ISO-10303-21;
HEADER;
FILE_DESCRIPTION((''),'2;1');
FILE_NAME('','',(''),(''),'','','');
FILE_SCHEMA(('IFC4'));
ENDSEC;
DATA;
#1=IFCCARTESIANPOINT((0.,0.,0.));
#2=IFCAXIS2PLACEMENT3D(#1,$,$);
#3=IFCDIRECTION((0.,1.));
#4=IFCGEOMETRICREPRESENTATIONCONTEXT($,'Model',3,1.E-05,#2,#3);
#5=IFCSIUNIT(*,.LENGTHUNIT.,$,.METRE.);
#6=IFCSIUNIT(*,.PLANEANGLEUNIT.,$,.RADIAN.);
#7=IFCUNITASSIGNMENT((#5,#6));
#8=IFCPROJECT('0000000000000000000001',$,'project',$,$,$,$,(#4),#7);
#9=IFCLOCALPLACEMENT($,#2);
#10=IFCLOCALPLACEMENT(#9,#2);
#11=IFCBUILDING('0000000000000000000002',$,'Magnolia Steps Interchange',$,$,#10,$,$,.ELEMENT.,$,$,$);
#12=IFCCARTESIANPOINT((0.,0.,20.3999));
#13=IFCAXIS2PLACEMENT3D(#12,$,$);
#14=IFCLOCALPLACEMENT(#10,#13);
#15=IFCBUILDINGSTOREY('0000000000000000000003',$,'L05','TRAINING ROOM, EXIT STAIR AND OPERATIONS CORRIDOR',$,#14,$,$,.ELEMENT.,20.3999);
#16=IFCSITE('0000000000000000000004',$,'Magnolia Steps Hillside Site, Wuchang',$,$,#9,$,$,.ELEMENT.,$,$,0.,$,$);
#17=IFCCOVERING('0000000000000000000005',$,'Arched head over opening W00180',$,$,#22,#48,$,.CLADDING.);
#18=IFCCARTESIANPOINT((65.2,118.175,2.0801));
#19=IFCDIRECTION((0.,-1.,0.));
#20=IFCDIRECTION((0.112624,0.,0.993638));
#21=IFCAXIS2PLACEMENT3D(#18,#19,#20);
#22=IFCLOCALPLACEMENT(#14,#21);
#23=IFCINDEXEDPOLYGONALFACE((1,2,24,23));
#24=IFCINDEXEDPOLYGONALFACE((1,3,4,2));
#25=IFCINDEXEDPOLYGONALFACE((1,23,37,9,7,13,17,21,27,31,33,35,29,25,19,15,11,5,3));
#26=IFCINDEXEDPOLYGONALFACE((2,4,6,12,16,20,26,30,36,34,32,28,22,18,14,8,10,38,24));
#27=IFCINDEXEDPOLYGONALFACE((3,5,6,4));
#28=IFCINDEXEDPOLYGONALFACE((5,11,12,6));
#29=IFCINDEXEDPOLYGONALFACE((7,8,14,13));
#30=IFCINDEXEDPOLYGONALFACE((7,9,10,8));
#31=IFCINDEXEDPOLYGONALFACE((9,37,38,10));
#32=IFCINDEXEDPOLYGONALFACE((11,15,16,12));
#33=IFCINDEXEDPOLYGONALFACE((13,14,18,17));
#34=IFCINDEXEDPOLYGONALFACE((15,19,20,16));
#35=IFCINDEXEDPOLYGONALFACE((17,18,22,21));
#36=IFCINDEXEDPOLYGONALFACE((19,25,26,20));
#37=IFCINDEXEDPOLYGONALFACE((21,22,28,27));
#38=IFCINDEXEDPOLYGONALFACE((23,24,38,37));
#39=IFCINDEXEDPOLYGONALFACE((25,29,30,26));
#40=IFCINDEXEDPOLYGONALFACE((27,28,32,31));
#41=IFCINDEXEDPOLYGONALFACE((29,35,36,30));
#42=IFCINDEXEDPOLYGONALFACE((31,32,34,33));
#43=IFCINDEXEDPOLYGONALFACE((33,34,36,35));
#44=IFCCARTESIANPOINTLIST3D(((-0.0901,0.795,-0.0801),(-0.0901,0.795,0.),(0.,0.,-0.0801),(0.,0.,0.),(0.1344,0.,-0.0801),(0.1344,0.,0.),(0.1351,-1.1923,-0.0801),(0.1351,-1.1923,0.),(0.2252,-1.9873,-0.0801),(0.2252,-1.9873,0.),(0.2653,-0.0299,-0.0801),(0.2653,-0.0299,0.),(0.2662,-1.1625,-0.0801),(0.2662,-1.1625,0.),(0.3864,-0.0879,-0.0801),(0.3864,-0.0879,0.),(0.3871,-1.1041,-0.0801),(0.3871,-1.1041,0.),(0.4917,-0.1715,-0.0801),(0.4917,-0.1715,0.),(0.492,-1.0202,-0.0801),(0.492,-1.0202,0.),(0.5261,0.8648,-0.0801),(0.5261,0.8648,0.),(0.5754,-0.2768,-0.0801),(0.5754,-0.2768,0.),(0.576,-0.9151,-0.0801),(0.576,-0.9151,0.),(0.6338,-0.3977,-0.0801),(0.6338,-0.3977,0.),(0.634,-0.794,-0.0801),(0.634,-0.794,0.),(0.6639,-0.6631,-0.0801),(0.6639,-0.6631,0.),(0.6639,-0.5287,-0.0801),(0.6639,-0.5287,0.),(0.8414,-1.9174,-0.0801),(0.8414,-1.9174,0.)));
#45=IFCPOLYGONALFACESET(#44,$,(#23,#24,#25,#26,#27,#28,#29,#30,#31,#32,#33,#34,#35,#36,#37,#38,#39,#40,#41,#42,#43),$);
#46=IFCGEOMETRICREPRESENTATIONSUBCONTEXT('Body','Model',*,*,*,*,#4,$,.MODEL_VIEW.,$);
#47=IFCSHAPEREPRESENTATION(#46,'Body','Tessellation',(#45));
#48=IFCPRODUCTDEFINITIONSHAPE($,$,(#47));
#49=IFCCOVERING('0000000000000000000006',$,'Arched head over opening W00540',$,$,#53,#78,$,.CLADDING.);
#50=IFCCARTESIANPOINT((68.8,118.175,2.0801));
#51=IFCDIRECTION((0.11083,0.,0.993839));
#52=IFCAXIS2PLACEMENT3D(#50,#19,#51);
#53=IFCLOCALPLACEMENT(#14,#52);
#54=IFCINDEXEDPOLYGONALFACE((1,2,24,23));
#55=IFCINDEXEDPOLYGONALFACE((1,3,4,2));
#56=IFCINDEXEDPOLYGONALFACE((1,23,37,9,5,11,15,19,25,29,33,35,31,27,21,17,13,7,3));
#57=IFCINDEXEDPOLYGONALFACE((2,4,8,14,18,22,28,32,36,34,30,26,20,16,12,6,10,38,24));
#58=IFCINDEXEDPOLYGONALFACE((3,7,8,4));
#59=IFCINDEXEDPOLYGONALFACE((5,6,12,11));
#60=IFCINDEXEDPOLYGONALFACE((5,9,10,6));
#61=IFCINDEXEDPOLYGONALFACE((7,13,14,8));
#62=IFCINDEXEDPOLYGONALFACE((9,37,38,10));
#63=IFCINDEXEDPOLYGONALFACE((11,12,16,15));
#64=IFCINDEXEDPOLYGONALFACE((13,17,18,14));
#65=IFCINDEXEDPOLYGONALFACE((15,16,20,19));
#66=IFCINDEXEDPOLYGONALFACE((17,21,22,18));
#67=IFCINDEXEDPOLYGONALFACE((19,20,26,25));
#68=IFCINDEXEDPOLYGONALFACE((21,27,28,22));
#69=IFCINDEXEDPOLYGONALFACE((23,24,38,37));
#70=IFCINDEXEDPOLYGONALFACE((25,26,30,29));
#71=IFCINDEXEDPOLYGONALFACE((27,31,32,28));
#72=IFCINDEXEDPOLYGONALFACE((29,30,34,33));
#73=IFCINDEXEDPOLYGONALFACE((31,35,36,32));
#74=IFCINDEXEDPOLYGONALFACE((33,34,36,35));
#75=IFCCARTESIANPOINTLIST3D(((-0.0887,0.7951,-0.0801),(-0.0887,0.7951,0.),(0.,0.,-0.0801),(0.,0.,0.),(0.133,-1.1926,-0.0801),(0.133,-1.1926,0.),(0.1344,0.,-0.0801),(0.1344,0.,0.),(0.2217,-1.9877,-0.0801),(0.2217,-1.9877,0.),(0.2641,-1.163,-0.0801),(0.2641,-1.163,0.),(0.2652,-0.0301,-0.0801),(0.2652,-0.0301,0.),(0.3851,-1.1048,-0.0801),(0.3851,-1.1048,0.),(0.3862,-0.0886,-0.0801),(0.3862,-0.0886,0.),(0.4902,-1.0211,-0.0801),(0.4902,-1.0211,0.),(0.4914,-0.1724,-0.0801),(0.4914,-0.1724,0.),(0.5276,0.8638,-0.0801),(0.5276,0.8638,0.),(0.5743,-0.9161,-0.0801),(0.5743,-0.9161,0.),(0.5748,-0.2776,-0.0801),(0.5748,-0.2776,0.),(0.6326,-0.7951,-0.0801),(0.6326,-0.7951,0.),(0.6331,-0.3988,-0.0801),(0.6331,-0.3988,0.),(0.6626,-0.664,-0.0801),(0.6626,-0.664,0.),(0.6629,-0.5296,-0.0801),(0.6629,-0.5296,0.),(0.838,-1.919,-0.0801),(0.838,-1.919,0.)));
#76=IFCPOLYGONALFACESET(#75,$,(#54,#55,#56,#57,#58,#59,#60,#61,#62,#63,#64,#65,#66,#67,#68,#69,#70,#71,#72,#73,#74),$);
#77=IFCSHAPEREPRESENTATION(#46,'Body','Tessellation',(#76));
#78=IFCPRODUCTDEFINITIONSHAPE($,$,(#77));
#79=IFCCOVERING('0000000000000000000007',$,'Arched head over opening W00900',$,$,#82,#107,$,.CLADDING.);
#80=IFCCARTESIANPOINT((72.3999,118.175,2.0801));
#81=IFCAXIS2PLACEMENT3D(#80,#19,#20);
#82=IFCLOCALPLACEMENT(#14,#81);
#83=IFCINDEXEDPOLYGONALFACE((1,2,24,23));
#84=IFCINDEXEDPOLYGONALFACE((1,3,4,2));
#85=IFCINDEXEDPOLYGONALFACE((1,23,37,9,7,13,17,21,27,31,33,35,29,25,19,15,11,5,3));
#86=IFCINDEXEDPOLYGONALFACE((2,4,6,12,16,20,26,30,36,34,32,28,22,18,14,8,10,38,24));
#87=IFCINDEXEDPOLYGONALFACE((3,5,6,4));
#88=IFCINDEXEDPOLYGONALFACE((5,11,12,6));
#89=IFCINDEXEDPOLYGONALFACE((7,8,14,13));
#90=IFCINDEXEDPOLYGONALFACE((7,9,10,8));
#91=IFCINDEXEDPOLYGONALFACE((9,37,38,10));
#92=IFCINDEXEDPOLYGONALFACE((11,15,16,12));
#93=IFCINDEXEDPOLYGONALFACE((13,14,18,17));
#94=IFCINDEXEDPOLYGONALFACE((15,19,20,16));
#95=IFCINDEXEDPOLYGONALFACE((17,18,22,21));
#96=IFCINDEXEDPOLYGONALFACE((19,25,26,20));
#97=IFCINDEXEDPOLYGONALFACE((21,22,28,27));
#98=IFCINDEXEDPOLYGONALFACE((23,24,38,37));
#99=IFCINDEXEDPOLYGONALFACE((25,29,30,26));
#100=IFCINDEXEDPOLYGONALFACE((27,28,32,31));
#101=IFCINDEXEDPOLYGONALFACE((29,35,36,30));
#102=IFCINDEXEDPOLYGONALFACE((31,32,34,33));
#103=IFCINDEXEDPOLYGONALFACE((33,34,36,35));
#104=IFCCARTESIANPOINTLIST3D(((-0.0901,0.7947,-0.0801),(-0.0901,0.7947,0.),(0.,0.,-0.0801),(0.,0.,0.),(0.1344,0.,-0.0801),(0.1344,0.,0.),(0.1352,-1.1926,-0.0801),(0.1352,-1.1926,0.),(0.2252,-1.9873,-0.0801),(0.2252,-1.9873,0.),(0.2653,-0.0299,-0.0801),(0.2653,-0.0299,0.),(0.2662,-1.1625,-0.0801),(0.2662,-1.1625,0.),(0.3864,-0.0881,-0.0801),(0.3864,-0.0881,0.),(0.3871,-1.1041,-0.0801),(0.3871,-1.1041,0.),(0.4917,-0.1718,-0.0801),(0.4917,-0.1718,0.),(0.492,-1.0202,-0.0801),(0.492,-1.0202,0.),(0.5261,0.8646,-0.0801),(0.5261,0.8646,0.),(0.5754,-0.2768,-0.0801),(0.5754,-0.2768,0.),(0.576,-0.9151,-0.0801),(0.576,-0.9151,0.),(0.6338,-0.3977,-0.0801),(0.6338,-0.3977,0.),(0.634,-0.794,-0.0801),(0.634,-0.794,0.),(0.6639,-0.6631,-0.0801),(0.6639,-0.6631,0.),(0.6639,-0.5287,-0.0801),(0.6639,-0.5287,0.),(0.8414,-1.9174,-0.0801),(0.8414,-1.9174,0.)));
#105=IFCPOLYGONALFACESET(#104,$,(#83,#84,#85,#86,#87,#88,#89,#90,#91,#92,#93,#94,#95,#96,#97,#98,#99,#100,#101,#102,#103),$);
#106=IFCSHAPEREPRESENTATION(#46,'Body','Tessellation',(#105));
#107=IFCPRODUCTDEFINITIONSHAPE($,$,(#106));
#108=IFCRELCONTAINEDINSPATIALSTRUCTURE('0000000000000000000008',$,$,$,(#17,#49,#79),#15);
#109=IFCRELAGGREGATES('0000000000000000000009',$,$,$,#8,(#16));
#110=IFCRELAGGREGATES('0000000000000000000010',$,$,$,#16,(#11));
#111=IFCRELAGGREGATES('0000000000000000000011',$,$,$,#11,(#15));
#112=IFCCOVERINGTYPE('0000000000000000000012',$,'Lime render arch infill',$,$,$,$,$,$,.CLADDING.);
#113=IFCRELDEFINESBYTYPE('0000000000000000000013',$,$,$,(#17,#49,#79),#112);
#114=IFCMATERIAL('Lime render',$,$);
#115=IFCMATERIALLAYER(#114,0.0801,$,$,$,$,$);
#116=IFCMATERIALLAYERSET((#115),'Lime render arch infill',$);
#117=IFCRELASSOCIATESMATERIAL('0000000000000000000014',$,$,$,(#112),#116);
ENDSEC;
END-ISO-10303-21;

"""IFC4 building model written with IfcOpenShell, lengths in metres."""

from ifc_helpers import new_model, si_unit, direction, frame, origin, place, context, subcontext, project, spatial, polyline, outline, extrude, material, layer, layer_set, type_object, element, save


model = new_model("IFC4")

# Units and contexts
model_context = context("Model", 3, precision=1e-05, world=origin(), true_north=direction((0.0, 1.0)))
body_context = subcontext(model_context, "Body", "Model", "MODEL_VIEW")
ifc_project = project(units=[si_unit("LENGTHUNIT", "METRE"), si_unit("PLANEANGLEUNIT", "RADIAN")], contexts=[model_context])

# Site, building, storey
site_placement = place(None, origin())
site = spatial("IfcSite", under=ifc_project, at=site_placement, Name="Magnolia Steps Hillside Site, Wuchang", CompositionType="ELEMENT", RefElevation=0.0)
building_placement = place(site_placement, origin())
building = spatial("IfcBuilding", under=site, at=building_placement, Name="Magnolia Steps Interchange", CompositionType="ELEMENT")
storey_placement = place(building_placement, frame((0.0, 0.0, 20.3999)))
storey = spatial("IfcBuildingStorey", under=building, at=storey_placement, Name="L05", Description="TRAINING ROOM, EXIT STAIR AND OPERATIONS CORRIDOR", CompositionType="ELEMENT", Elevation=20.3999)

# Coverings
ifc_material_1 = material(Name="Lime render")
ifc_layer_1 = layer(ifc_material_1, 0.0801)
ifc_layer_set_1 = layer_set([ifc_layer_1], Name="Lime render arch infill")
covering_type_1 = type_object("IfcCoveringType", Name="Lime render arch infill", PredefinedType="CLADDING", material=ifc_layer_set_1)
covering_1_placement = place(storey_placement, frame((65.2, 118.175, 2.0801), z_axis=(0.0, -1.0, 0.0), x_axis=(0.112624, 0.0, 0.993638)))
element("IfcCovering", 1, at=covering_1_placement, inside=storey, type_object=covering_type_1, Name="Arched head over opening W00180", PredefinedType="CLADDING", context=body_context, shape_type="SweptSolid", body=[
    extrude(outline(polyline([(0.0, 0.0), (0.1344, 0.0), (0.2653, -0.0299), (0.3864, -0.0879), (0.4917, -0.1715), (0.5754, -0.2768), (0.6338, -0.3977), (0.6639, -0.5287), (0.6639, -0.6631), (0.634, -0.794), (0.576, -0.9151), (0.492, -1.0202), (0.3871, -1.1041), (0.2662, -1.1625), (0.1351, -1.1923), (0.2252, -1.9873), (0.8414, -1.9174), (0.5261, 0.8648), (-0.0901, 0.795), (0.0, 0.0)])), origin(), (0.0, 0.0, -1.0), 0.0801),
])
covering_2_placement = place(storey_placement, frame((68.8, 118.175, 2.0801), z_axis=(0.0, -1.0, 0.0), x_axis=(0.11083, 0.0, 0.993839)))
element("IfcCovering", 2, at=covering_2_placement, inside=storey, type_object=covering_type_1, Name="Arched head over opening W00540", PredefinedType="CLADDING", context=body_context, shape_type="SweptSolid", body=[
    extrude(outline(polyline([(0.0, 0.0), (0.1344, 0.0), (0.2652, -0.0301), (0.3862, -0.0886), (0.4914, -0.1724), (0.5748, -0.2776), (0.6331, -0.3988), (0.6629, -0.5296), (0.6626, -0.664), (0.6326, -0.7951), (0.5743, -0.9161), (0.4902, -1.0211), (0.3851, -1.1048), (0.2641, -1.163), (0.133, -1.1926), (0.2217, -1.9877), (0.838, -1.919), (0.5276, 0.8638), (-0.0887, 0.7951), (0.0, 0.0)])), origin(), (0.0, 0.0, -1.0), 0.0801),
])
covering_3_placement = place(storey_placement, frame((72.3999, 118.175, 2.0801), z_axis=(0.0, -1.0, 0.0), x_axis=(0.112624, 0.0, 0.993638)))
element("IfcCovering", 3, at=covering_3_placement, inside=storey, type_object=covering_type_1, Name="Arched head over opening W00900", PredefinedType="CLADDING", context=body_context, shape_type="SweptSolid", body=[
    extrude(outline(polyline([(0.0, 0.0), (0.1344, 0.0), (0.2653, -0.0299), (0.3864, -0.0881), (0.4917, -0.1718), (0.5754, -0.2768), (0.6338, -0.3977), (0.6639, -0.5287), (0.6639, -0.6631), (0.634, -0.794), (0.576, -0.9151), (0.492, -1.0202), (0.3871, -1.1041), (0.2662, -1.1625), (0.1352, -1.1926), (0.2252, -1.9873), (0.8414, -1.9174), (0.5261, 0.8646), (-0.0901, 0.7947), (0.0, 0.0)])), origin(), (0.0, 0.0, -1.0), 0.0801),
])

save(model, "model.ifc")
